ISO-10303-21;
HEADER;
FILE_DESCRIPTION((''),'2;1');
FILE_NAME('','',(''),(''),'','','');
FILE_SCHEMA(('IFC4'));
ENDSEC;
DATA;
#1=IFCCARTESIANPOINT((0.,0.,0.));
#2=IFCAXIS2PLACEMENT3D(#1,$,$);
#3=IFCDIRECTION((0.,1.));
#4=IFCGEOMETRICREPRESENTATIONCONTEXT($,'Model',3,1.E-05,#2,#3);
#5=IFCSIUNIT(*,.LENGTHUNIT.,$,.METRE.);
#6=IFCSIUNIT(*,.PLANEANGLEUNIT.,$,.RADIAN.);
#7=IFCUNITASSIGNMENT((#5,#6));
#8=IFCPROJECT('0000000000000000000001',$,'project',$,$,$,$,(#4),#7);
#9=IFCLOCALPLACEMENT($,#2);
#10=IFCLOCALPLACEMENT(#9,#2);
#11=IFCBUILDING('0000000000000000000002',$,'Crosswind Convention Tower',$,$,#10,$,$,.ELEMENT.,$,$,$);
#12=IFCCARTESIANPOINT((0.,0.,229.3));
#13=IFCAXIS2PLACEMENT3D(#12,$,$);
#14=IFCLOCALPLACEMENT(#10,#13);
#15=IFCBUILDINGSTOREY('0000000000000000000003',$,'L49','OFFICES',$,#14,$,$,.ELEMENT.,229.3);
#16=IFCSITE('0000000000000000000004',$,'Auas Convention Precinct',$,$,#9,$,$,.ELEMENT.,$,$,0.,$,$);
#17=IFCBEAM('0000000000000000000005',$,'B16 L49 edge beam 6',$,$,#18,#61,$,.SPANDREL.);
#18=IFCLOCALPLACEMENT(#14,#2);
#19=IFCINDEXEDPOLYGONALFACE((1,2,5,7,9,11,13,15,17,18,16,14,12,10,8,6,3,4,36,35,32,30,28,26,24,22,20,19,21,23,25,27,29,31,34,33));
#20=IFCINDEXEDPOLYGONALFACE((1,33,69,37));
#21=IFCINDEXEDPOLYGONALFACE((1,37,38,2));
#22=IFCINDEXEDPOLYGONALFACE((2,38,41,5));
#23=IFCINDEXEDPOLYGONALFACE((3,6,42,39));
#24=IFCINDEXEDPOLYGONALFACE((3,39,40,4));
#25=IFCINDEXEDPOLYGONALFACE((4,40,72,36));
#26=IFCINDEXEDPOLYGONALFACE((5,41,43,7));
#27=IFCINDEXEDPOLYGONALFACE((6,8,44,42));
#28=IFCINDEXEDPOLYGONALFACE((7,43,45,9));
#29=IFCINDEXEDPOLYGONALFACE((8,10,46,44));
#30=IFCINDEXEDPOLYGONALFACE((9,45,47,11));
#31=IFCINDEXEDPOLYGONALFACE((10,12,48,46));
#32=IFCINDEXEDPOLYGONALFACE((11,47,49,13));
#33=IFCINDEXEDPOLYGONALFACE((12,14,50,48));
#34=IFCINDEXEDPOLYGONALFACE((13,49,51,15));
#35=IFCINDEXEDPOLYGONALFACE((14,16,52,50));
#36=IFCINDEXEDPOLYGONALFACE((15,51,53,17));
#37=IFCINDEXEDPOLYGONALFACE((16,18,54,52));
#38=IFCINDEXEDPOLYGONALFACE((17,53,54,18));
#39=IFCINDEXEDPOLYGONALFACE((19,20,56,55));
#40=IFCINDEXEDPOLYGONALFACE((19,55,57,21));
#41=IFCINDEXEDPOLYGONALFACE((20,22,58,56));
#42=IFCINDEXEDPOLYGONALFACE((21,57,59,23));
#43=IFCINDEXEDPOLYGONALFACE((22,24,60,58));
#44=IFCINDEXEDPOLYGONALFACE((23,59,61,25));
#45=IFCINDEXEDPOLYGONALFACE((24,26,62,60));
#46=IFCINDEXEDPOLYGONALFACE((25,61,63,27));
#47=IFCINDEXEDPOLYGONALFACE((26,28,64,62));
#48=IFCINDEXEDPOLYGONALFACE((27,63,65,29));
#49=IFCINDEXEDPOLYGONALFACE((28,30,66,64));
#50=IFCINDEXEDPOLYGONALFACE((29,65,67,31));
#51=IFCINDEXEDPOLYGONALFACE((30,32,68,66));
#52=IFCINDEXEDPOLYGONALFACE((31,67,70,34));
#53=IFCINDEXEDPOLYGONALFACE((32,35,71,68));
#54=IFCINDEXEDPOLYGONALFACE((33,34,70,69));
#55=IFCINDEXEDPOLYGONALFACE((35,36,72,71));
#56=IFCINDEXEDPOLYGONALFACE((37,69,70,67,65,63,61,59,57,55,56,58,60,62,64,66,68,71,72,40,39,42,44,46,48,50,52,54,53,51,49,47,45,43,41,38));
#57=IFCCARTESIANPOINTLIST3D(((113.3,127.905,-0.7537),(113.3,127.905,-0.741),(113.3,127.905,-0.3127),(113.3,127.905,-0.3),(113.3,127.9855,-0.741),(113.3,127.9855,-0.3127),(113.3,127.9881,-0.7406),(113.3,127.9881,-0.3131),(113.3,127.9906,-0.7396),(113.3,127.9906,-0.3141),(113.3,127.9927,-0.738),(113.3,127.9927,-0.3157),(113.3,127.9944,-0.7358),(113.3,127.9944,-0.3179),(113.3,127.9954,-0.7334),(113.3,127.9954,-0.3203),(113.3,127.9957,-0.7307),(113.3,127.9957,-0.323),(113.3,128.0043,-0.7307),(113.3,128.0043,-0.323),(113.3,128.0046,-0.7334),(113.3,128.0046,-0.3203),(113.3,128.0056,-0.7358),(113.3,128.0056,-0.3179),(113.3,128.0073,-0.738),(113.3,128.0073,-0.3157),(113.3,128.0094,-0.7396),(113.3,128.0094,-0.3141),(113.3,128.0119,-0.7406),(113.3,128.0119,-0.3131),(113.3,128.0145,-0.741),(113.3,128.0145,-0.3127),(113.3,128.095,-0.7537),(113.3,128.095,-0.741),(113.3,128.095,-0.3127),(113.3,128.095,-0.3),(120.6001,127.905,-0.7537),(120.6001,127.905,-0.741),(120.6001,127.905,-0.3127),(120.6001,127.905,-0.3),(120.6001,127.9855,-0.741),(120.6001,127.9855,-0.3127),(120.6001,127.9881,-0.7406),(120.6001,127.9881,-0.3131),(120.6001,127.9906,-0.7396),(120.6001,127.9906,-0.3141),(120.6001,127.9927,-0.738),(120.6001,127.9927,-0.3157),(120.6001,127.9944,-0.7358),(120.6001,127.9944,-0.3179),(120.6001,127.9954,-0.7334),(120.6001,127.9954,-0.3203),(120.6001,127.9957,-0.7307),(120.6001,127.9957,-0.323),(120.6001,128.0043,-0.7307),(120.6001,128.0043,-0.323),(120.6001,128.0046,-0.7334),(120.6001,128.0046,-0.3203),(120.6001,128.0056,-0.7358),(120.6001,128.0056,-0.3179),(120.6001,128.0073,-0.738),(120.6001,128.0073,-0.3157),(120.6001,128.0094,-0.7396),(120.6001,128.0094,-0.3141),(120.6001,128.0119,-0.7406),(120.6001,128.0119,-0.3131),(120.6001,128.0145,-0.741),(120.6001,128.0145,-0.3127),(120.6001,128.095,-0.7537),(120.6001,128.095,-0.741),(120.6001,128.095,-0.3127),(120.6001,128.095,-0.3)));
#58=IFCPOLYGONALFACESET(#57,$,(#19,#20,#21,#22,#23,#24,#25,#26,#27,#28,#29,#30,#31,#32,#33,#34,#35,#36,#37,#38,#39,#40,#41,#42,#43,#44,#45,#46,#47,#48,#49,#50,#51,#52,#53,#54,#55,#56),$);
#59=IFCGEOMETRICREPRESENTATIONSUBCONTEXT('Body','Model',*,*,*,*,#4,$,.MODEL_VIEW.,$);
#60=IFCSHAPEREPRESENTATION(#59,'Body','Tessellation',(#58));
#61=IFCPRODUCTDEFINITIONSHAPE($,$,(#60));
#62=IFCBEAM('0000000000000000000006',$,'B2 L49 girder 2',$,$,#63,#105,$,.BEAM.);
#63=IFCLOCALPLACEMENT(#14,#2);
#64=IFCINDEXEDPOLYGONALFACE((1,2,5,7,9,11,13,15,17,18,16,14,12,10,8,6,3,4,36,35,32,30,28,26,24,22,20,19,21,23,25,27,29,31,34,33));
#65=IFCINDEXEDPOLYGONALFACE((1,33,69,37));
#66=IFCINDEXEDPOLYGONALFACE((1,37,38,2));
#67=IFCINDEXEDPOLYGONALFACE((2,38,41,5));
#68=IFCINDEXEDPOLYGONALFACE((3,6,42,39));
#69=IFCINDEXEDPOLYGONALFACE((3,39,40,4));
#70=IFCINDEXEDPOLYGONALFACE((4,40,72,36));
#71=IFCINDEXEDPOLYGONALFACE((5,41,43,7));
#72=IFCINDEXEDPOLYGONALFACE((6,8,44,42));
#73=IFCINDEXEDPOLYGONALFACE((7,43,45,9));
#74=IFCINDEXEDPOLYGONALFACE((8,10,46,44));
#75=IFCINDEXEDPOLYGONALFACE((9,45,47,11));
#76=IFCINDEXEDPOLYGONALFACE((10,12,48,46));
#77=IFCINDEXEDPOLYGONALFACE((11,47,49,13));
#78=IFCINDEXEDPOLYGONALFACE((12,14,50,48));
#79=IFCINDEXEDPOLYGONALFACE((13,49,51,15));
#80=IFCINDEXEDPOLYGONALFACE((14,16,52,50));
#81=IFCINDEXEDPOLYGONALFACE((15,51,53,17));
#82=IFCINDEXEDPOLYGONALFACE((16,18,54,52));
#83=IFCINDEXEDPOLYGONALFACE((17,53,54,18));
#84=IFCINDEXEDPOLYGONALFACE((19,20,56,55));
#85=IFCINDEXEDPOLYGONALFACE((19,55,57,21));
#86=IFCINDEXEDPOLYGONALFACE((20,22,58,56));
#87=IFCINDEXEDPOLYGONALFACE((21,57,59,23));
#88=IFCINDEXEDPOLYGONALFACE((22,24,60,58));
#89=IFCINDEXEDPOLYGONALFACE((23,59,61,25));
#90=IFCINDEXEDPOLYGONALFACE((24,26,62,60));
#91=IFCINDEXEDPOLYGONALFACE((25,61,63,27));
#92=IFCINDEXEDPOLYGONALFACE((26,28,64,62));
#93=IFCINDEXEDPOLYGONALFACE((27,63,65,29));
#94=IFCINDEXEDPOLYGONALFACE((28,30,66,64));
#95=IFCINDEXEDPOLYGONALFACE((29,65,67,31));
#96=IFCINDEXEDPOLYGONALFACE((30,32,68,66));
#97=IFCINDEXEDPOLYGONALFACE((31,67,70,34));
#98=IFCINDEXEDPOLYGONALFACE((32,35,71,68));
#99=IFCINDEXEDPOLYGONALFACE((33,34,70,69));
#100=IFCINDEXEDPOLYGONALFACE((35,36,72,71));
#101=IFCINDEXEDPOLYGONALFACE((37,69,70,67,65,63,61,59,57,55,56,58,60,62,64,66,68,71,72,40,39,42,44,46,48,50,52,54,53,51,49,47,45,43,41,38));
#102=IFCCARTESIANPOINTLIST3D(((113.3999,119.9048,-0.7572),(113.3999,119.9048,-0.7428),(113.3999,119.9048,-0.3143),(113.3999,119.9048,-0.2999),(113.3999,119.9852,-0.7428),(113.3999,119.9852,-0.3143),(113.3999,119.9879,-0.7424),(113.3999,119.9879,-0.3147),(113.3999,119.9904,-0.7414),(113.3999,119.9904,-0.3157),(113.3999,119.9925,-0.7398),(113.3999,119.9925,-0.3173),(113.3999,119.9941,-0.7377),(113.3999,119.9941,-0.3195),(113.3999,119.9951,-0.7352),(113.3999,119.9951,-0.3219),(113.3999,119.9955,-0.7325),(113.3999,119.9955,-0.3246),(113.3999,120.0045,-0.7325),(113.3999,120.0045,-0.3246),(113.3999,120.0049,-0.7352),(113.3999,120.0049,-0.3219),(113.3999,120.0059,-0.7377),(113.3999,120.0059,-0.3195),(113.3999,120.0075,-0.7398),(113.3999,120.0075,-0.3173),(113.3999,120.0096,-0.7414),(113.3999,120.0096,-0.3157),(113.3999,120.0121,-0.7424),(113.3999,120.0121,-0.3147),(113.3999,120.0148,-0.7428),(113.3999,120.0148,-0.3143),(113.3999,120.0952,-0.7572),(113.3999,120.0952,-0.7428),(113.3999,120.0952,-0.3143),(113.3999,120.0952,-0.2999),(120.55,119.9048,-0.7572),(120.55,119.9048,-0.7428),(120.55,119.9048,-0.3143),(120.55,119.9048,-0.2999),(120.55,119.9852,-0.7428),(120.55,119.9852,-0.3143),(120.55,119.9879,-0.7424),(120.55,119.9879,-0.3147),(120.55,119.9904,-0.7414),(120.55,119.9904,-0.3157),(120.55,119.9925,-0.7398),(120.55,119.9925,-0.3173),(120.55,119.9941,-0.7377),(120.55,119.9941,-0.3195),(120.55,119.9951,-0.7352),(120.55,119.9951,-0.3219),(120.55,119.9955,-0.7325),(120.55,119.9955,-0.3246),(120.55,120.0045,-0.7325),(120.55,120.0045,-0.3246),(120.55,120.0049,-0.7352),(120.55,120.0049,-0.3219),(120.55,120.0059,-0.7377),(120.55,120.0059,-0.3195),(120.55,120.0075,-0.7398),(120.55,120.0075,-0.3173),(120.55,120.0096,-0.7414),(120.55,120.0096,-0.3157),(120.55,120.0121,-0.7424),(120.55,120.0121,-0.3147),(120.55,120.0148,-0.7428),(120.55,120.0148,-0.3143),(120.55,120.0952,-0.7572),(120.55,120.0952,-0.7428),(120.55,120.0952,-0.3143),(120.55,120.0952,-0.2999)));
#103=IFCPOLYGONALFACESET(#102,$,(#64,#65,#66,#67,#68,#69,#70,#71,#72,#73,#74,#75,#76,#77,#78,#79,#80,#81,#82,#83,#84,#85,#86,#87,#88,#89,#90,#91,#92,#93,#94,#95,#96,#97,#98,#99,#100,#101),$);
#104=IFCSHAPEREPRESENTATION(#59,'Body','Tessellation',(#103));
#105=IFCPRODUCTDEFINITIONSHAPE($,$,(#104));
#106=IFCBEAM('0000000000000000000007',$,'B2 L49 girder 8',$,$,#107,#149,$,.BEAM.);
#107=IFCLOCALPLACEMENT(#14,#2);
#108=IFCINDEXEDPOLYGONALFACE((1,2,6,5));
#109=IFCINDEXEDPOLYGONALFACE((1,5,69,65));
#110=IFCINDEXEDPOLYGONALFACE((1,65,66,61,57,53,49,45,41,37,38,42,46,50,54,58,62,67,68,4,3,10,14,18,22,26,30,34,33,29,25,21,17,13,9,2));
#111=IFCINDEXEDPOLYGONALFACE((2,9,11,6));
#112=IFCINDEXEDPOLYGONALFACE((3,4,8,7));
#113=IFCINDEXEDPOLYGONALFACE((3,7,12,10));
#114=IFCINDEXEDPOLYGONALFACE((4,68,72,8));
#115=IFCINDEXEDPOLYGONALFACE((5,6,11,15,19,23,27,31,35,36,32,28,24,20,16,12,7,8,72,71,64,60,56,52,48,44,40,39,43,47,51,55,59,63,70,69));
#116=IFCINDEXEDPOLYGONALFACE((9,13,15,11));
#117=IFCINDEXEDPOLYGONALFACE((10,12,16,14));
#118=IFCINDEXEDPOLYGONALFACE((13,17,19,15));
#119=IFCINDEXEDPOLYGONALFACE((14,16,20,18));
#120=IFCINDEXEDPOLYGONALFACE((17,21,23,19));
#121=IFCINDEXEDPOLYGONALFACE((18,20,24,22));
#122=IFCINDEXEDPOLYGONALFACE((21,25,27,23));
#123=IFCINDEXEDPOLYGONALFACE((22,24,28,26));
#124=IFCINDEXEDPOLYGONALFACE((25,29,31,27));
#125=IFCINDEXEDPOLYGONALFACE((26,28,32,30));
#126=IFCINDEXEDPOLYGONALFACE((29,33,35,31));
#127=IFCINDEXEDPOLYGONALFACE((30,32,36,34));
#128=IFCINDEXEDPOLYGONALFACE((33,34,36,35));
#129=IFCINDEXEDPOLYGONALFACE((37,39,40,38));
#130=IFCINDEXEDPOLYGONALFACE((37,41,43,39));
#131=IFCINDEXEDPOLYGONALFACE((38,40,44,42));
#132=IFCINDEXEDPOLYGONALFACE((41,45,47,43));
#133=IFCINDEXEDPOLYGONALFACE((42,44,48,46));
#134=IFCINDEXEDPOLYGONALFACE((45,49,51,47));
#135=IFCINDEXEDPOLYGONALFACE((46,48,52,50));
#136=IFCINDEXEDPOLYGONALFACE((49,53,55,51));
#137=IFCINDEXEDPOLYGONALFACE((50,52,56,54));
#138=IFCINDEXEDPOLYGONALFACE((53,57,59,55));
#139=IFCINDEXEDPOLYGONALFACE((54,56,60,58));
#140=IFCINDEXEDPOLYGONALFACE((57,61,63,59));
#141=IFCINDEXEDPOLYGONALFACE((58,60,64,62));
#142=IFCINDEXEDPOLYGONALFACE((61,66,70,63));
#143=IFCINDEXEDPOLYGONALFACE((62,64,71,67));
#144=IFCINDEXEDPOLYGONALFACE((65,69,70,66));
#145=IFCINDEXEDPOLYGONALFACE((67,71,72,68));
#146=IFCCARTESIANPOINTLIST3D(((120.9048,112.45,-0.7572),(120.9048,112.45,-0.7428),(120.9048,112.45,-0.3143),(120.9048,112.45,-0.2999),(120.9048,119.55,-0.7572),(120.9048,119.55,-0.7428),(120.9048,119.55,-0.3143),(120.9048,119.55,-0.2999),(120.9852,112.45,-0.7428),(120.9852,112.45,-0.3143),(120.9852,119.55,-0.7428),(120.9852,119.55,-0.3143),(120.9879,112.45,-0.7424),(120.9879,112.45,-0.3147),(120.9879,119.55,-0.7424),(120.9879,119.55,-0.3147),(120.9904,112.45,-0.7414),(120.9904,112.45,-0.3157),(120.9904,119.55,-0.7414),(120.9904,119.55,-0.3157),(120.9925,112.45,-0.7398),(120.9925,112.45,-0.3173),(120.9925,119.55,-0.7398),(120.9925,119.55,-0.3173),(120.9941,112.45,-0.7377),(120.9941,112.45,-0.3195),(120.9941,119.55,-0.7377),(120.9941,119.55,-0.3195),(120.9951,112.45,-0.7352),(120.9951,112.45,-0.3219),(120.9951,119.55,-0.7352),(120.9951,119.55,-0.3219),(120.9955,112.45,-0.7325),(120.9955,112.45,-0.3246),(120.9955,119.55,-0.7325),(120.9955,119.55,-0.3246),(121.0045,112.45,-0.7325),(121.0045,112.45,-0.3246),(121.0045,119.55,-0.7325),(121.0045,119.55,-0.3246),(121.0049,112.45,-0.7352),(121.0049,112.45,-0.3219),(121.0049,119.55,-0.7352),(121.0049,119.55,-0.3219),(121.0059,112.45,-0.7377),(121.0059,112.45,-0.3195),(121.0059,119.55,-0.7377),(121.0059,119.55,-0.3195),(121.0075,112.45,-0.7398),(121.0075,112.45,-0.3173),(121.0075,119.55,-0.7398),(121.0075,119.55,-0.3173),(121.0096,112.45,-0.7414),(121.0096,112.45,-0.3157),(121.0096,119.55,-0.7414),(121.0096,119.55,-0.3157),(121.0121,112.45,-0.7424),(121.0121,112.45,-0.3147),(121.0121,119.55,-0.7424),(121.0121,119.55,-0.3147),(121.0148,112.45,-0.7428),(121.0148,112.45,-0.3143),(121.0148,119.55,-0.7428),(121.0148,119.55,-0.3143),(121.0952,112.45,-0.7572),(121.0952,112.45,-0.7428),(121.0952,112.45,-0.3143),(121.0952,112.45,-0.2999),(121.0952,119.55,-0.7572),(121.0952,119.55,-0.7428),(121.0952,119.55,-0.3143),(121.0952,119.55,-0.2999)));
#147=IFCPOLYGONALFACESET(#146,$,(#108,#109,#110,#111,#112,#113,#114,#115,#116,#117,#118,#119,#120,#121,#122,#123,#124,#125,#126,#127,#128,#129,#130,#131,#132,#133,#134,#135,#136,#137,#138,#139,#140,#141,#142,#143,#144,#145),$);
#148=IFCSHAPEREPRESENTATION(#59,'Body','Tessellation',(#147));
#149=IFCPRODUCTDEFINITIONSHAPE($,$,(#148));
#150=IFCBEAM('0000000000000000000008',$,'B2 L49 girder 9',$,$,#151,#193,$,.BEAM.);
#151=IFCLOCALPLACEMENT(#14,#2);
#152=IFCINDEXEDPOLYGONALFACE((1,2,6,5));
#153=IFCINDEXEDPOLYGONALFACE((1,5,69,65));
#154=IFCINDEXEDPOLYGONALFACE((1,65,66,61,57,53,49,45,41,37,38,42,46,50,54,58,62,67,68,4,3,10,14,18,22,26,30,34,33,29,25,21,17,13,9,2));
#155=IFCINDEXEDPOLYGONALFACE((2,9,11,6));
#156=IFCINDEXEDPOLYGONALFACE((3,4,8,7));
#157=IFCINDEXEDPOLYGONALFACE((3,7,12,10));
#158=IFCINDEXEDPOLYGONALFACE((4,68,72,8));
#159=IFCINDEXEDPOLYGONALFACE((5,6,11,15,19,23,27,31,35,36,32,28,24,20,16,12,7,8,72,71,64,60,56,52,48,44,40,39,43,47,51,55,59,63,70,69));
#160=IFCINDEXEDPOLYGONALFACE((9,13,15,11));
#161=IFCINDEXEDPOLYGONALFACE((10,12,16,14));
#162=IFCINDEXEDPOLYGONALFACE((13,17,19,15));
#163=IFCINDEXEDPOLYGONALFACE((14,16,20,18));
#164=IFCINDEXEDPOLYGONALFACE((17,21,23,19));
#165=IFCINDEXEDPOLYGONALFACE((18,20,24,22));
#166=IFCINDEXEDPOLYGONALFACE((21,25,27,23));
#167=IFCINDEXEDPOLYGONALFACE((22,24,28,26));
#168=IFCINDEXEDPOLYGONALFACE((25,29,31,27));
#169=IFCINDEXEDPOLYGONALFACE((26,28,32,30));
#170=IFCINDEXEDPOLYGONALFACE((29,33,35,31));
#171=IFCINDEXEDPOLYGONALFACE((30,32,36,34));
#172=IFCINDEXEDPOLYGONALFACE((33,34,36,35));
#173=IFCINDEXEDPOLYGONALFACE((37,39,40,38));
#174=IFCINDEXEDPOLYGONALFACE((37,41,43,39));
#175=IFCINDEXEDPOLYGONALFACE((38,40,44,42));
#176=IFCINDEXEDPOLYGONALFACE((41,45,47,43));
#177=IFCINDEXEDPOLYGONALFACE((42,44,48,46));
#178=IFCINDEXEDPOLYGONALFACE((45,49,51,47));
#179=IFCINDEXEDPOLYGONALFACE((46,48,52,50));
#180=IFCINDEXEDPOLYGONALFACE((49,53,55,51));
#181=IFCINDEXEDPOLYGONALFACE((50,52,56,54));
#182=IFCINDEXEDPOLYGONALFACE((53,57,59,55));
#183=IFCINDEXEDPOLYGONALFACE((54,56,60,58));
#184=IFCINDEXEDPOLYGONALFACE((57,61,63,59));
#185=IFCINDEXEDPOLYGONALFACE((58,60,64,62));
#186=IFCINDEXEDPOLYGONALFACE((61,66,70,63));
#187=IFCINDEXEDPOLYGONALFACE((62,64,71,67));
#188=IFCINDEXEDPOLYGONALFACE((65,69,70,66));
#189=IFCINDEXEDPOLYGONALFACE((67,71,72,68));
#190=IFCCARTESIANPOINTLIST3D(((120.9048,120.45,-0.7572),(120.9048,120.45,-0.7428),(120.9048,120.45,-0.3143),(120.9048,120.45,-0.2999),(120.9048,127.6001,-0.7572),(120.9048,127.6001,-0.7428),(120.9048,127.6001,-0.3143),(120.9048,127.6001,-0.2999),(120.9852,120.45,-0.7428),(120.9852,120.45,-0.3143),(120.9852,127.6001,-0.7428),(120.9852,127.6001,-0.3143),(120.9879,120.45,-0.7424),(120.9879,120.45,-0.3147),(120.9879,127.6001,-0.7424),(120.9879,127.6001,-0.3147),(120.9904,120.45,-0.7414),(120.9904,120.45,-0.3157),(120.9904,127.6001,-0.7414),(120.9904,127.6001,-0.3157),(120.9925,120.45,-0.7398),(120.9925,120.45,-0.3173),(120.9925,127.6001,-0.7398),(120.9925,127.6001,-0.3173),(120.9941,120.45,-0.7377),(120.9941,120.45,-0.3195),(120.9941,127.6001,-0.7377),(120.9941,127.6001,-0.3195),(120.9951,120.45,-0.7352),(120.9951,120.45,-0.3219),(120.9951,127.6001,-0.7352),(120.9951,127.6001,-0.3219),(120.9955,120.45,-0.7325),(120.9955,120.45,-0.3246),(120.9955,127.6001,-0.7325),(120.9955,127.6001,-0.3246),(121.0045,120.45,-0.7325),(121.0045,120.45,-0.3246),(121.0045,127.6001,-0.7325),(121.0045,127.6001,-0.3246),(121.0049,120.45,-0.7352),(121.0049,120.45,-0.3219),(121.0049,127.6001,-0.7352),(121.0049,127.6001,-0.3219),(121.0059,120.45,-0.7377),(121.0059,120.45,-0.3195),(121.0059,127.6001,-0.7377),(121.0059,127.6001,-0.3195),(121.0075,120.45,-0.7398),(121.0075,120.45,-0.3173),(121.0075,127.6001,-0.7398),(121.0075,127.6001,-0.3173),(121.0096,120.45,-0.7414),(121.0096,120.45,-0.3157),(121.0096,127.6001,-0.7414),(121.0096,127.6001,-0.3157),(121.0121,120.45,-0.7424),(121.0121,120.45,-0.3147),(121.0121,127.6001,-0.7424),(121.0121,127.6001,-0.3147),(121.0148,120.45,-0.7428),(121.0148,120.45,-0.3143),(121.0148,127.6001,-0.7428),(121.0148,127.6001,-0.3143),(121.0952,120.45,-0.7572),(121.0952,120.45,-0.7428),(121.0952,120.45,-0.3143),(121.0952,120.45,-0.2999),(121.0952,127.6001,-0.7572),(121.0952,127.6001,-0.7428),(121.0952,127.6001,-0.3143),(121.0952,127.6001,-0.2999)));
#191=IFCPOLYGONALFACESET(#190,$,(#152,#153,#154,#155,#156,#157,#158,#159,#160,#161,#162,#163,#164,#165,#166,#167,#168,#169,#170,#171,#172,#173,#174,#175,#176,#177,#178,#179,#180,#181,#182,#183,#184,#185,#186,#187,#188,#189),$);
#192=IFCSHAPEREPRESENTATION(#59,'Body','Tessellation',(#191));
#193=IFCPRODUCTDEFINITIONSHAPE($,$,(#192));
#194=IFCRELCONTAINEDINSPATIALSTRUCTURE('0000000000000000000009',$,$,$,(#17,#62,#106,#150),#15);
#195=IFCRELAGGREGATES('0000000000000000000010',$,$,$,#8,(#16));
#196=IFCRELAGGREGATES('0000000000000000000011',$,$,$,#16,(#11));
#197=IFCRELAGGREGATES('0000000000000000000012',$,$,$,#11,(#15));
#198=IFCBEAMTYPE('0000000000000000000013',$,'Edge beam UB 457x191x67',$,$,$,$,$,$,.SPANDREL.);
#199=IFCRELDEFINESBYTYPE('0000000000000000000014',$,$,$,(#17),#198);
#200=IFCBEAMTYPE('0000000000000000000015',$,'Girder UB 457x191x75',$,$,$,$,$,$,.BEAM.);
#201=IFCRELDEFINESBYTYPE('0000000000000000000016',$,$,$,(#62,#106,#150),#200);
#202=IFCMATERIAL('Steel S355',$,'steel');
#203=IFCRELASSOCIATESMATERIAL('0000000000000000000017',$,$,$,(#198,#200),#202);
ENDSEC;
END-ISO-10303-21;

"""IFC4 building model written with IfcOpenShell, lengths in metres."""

from ifc_helpers import new_model, si_unit, direction, frame, origin, origin_2d, place, context, subcontext, project, spatial, i_section, extrude, material, material_profile, profile_set, type_object, element, save


model = new_model("IFC4")

# Units and contexts
model_context = context("Model", 3, precision=1e-05, world=origin(), true_north=direction((0.0, 1.0)))
body_context = subcontext(model_context, "Body", "Model", "MODEL_VIEW")
ifc_project = project(units=[si_unit("LENGTHUNIT", "METRE"), si_unit("PLANEANGLEUNIT", "RADIAN")], contexts=[model_context])

# Site, building, storey
site_placement = place(None, origin())
site = spatial("IfcSite", under=ifc_project, at=site_placement, Name="Auas Convention Precinct", CompositionType="ELEMENT", RefElevation=0.0)
building_placement = place(site_placement, origin())
building = spatial("IfcBuilding", under=site, at=building_placement, Name="Crosswind Convention Tower", CompositionType="ELEMENT")
storey_placement = place(building_placement, frame((0.0, 0.0, 229.3)))
storey = spatial("IfcBuildingStorey", under=building, at=storey_placement, Name="L49", Description="OFFICES", CompositionType="ELEMENT", Elevation=229.3)

# Beams
ifc_material_1 = material(Name="Steel S355", Category="steel")
ifc_material_profile_1 = material_profile(ifc_material_1, i_section(OverallWidth=0.1899, OverallDepth=0.4536, WebThickness=0.0085, FlangeThickness=0.0127, FilletRadius=0.0103, at=origin_2d()), Name="UB 457x191x67")
ifc_profile_set_1 = profile_set([ifc_material_profile_1], Name="Steel S355")
beam_type_1 = type_object("IfcBeamType", Name="Edge beam UB 457x191x67", PredefinedType="SPANDREL", material=ifc_profile_set_1)
for number, where, z_axis, x_axis, name in (
    (1, (113.3, 128.0, -0.5269), (1.0, 0.0, 0.0), (0.0, 1.0, 0.0), "B16 L49 edge beam 6"),
):
    element("IfcBeam", number, at=place(storey_placement, frame(where, z_axis=z_axis, x_axis=x_axis)), inside=storey, type_object=beam_type_1, Name=name, PredefinedType="SPANDREL", context=body_context, shape_type="SweptSolid", body=[
        extrude(i_section(OverallWidth=0.1899, OverallDepth=0.4536, WebThickness=0.0085, FlangeThickness=0.0127, FilletRadius=0.0103, at=origin_2d()), origin(), (0.0, 0.0, 1.0), 7.3),
    ])
ifc_material_profile_2 = material_profile(ifc_material_1, i_section(OverallWidth=0.1904, OverallDepth=0.4573, WebThickness=0.009, FlangeThickness=0.0144, FilletRadius=0.0103, at=origin_2d()), Name="UB 457x191x75")
ifc_profile_set_2 = profile_set([ifc_material_profile_2], Name="Steel S355")
beam_type_2 = type_object("IfcBeamType", Name="Girder UB 457x191x75", PredefinedType="BEAM", material=ifc_profile_set_2)
beam_1_placement = place(storey_placement, frame((113.3999, 120.0, -0.5286), z_axis=(1.0, 0.0, 0.0), x_axis=(0.0, 1.0, 0.0)))
element("IfcBeam", 2, at=beam_1_placement, inside=storey, type_object=beam_type_2, Name="B2 L49 girder 2", PredefinedType="BEAM", context=body_context, shape_type="SweptSolid", body=[
    extrude(i_section(OverallWidth=0.1904, OverallDepth=0.4573, WebThickness=0.009, FlangeThickness=0.0144, FilletRadius=0.0103, at=origin_2d()), origin(), (0.0, 0.0, 1.0), 7.1501),
])
beam_2_placement = place(storey_placement, frame((121.0, 112.45, -0.5286), z_axis=(0.0, 1.0, 0.0), x_axis=(-1.0, 0.0, 0.0)))
element("IfcBeam", 3, at=beam_2_placement, inside=storey, type_object=beam_type_2, Name="B2 L49 girder 8", PredefinedType="BEAM", context=body_context, shape_type="SweptSolid", body=[
    extrude(i_section(OverallWidth=0.1904, OverallDepth=0.4573, WebThickness=0.009, FlangeThickness=0.0144, FilletRadius=0.0103, at=origin_2d()), origin(), (0.0, 0.0, 1.0), 7.1001),
])
beam_3_placement = place(storey_placement, frame((121.0, 120.45, -0.5286), z_axis=(0.0, 1.0, 0.0), x_axis=(-1.0, 0.0, 0.0)))
element("IfcBeam", 4, at=beam_3_placement, inside=storey, type_object=beam_type_2, Name="B2 L49 girder 9", PredefinedType="BEAM", context=body_context, shape_type="SweptSolid", body=[
    extrude(i_section(OverallWidth=0.1904, OverallDepth=0.4573, WebThickness=0.009, FlangeThickness=0.0144, FilletRadius=0.0103, at=origin_2d()), origin(), (0.0, 0.0, 1.0), 7.1501),
])

save(model, "model.ifc")
